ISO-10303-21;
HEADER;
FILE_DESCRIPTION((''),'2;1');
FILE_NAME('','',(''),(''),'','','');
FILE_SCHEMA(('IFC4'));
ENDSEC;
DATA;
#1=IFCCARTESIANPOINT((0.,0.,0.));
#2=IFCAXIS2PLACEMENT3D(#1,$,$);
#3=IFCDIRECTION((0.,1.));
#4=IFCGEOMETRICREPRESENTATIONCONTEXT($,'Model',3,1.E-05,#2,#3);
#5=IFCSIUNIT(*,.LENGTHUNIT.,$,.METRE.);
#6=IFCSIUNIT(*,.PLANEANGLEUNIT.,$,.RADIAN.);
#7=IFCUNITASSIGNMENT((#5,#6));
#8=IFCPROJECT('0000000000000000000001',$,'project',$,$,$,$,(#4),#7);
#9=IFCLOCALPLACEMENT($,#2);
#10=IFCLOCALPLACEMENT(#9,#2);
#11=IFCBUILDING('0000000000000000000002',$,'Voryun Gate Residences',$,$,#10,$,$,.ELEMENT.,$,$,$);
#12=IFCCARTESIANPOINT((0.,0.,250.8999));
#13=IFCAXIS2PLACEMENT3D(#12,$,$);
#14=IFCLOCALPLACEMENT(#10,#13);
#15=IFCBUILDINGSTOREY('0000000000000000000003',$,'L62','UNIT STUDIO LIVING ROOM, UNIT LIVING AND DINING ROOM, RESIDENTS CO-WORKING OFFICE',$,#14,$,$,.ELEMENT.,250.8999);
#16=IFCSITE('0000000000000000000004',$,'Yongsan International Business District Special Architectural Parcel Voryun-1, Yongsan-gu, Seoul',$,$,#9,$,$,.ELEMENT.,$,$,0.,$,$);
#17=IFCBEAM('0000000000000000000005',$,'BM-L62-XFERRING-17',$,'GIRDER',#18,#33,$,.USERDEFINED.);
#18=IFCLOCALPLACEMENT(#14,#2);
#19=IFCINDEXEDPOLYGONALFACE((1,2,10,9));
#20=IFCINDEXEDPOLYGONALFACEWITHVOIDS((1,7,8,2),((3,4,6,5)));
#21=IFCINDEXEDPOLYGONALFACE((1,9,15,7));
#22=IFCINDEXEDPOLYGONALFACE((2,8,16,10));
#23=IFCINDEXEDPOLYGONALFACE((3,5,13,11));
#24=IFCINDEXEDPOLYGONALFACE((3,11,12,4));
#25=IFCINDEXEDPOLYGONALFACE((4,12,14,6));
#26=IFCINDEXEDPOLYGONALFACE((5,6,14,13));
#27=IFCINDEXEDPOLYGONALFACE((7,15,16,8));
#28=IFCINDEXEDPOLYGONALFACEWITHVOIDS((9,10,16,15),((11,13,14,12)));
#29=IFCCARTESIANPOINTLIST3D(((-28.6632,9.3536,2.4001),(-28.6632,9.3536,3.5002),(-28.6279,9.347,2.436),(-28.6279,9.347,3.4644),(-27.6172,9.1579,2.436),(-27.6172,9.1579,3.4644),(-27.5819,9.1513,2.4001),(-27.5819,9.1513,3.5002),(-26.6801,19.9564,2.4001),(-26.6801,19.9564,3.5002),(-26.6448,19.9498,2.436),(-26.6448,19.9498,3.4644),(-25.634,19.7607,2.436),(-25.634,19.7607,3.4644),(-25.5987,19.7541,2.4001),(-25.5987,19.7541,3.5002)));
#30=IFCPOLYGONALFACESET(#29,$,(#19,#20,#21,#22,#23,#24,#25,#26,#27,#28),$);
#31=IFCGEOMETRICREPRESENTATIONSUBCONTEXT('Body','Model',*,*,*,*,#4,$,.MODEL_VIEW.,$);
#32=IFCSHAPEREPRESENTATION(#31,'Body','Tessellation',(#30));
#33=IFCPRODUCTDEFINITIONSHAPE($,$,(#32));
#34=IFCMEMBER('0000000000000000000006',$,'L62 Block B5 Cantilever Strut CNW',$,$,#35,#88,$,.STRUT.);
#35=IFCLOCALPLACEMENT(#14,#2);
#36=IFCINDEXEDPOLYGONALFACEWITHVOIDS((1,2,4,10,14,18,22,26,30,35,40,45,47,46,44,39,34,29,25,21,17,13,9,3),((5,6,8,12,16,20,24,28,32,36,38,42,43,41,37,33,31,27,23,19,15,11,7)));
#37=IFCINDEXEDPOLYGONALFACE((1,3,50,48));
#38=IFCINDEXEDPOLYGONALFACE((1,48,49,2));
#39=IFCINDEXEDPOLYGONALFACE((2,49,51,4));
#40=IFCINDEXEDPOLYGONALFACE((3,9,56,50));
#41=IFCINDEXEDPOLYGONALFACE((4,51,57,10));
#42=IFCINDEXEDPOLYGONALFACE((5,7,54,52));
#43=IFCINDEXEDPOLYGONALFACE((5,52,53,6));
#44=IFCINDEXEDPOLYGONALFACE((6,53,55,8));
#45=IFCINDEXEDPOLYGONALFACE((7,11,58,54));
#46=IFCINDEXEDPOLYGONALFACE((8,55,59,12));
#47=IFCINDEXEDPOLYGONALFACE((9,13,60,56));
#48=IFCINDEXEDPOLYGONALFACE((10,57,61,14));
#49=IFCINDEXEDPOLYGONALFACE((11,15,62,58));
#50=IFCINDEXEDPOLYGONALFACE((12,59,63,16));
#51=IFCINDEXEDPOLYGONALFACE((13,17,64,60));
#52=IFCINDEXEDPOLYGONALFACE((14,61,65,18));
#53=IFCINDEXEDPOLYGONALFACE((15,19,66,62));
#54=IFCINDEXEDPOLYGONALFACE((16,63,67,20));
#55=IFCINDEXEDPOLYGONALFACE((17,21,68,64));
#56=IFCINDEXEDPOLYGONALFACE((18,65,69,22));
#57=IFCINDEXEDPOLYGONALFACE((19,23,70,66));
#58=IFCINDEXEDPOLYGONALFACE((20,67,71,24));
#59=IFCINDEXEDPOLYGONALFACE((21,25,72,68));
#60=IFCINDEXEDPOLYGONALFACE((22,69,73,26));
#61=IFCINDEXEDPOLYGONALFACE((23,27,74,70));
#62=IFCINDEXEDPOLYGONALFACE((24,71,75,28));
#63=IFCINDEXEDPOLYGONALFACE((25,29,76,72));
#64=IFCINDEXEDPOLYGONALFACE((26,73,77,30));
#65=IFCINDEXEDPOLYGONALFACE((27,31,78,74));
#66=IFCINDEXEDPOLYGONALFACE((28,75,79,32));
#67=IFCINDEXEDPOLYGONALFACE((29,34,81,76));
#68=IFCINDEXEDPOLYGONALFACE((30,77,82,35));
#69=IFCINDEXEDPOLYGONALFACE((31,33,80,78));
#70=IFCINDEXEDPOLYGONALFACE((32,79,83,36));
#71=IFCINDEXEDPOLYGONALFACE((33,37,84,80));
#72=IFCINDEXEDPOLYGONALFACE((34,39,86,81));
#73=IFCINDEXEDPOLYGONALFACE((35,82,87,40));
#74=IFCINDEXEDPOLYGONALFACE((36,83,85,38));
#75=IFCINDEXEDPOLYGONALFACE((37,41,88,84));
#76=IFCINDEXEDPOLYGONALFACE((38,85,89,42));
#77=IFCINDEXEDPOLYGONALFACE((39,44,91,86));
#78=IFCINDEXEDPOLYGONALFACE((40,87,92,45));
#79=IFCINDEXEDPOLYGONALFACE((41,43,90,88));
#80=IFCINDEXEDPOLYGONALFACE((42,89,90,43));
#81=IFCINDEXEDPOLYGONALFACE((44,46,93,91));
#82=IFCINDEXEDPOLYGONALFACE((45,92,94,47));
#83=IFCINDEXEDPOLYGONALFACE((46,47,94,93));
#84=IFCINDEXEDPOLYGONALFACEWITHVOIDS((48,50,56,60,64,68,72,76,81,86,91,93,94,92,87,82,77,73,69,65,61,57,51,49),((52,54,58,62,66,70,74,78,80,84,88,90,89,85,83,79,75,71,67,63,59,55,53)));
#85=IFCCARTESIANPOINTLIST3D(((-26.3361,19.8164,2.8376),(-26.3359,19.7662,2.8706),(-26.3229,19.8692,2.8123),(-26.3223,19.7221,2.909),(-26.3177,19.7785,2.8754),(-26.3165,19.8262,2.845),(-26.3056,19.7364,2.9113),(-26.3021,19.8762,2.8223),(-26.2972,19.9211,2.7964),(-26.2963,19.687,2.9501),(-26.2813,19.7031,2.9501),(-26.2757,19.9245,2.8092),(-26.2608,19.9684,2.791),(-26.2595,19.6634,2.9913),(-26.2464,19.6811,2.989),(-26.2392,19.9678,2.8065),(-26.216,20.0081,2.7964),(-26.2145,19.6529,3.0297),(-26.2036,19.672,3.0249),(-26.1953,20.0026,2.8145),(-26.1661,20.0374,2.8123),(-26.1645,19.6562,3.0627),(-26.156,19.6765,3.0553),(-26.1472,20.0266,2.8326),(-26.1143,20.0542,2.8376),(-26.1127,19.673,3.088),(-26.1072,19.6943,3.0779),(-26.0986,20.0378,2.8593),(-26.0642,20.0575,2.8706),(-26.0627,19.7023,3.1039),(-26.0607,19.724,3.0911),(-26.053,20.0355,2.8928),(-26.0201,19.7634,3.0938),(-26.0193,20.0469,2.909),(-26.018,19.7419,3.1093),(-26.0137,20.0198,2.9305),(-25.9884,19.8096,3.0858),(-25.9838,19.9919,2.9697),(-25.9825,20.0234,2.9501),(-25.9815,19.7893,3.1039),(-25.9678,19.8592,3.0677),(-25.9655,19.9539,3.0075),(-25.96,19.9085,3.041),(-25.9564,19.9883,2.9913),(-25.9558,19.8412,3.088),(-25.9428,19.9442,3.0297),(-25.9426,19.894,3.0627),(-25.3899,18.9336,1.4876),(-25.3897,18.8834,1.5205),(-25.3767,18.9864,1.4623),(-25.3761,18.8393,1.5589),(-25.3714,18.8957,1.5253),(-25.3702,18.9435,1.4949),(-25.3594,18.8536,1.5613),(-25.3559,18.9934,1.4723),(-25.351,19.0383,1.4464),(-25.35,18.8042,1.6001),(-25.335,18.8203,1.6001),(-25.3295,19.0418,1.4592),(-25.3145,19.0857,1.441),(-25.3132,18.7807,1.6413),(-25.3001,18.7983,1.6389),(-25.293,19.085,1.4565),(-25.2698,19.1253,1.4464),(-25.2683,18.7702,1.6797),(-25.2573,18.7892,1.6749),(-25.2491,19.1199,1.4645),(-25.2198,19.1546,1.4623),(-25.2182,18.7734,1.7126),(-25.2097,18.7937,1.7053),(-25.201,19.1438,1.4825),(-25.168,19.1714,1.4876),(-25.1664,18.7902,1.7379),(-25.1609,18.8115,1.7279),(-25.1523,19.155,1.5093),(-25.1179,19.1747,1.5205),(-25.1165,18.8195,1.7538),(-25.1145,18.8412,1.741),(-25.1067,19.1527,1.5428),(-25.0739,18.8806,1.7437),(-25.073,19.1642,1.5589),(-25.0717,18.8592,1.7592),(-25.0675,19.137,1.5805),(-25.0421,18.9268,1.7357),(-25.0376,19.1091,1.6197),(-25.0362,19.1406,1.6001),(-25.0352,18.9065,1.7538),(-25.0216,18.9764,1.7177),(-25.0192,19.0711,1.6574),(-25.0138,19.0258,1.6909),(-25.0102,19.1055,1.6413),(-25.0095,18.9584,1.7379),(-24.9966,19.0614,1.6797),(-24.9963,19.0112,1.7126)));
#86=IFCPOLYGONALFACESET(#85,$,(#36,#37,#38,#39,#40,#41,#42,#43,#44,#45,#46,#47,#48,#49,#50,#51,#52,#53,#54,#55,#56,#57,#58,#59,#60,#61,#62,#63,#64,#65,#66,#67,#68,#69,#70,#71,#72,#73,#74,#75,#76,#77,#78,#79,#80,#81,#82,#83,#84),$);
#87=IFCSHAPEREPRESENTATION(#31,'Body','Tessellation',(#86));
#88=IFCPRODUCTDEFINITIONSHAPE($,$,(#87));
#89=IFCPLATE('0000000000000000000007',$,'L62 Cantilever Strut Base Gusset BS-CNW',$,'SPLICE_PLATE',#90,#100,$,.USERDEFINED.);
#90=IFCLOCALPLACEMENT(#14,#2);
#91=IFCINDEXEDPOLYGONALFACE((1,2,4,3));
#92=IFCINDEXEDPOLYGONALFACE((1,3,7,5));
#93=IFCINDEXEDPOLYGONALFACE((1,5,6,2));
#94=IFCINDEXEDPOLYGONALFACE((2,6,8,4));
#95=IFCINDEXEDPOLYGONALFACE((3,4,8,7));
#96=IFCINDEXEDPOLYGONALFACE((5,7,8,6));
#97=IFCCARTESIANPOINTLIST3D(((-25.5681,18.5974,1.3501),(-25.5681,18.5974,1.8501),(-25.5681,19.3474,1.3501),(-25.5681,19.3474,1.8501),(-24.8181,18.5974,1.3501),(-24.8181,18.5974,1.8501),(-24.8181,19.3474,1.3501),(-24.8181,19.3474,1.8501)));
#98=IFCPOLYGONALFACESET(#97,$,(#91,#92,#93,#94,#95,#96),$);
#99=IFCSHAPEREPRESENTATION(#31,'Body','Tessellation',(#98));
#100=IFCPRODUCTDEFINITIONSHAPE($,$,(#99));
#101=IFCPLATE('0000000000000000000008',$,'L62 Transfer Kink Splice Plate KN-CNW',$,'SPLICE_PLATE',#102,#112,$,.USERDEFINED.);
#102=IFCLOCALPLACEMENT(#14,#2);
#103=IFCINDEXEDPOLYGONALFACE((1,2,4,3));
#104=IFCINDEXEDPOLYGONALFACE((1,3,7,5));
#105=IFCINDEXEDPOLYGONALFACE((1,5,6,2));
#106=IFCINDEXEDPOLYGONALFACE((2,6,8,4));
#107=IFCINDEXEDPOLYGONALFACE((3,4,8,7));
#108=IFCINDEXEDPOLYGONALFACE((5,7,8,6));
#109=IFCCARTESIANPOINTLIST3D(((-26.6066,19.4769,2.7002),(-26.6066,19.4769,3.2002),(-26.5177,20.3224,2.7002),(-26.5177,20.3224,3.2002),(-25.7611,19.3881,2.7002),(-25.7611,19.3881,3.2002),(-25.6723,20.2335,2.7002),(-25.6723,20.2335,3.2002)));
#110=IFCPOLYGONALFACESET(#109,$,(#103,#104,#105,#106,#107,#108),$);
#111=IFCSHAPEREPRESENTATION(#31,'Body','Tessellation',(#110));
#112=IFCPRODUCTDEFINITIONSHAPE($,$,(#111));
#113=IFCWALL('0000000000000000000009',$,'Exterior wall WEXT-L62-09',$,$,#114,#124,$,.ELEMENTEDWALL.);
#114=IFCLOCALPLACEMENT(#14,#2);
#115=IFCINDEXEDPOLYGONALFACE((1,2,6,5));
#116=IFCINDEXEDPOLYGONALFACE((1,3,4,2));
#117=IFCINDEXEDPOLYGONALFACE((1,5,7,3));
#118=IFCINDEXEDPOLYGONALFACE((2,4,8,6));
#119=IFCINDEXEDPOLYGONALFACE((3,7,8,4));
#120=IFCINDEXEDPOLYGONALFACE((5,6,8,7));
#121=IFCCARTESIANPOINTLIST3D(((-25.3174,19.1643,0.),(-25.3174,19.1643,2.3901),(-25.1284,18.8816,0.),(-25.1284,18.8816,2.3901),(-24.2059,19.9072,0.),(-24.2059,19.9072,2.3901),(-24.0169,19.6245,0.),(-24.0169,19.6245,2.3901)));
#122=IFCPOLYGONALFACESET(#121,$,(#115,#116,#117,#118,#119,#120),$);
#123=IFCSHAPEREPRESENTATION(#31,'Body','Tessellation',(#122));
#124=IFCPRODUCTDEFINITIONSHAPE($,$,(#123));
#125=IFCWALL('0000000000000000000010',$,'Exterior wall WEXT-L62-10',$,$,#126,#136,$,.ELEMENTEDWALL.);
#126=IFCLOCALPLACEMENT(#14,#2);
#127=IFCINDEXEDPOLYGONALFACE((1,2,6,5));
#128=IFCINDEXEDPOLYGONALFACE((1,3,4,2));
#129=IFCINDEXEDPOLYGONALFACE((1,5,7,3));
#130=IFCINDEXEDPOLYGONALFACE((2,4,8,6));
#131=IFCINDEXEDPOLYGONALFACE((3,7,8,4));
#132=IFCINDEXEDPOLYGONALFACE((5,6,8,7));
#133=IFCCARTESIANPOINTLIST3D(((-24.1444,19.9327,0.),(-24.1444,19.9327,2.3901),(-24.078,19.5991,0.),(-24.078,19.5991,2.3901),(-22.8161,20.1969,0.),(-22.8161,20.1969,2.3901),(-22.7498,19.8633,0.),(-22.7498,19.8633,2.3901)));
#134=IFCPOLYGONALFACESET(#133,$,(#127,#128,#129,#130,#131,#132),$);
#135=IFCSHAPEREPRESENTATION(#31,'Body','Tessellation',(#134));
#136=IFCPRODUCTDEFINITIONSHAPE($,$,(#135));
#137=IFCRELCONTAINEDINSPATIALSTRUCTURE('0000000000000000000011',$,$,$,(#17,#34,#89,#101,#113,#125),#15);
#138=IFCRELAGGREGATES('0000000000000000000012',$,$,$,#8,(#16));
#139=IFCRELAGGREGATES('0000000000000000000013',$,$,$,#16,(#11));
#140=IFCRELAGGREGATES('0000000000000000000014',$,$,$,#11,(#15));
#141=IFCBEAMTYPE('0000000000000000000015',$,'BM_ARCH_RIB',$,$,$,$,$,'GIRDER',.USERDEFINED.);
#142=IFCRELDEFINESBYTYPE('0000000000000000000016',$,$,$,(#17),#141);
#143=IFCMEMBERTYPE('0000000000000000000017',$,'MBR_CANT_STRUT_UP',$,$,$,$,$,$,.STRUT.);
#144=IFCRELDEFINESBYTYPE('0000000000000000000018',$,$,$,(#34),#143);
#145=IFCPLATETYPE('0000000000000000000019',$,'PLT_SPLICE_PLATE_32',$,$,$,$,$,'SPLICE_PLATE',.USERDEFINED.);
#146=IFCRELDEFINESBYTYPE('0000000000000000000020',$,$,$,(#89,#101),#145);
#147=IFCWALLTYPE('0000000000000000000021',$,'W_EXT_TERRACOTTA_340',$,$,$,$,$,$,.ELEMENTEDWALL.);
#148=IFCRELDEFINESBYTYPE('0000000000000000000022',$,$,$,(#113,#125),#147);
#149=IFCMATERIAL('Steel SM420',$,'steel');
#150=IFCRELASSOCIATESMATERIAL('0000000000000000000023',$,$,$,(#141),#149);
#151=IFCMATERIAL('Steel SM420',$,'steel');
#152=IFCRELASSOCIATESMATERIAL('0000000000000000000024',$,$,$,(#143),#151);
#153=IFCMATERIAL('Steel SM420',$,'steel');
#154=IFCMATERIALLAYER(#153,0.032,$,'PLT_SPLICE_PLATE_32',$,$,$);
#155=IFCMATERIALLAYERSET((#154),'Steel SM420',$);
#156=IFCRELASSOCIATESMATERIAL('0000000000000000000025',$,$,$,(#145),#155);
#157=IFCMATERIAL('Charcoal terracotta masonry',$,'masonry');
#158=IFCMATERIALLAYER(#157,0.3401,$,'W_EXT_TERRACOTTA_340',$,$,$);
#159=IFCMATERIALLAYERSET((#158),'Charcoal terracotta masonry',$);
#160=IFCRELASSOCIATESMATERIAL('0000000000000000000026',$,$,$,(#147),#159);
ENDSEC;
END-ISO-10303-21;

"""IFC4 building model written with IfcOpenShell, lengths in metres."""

from ifc_helpers import new_model, si_unit, direction, frame, frame_2d, origin, origin_2d, place, context, subcontext, project, spatial, rectangle, hollow_rectangle, hollow_circle, extrude, material, layer, layer_set, material_profile, profile_set, type_object, element, save


model = new_model("IFC4")

# Units and contexts
model_context = context("Model", 3, precision=1e-05, world=origin(), true_north=direction((0.0, 1.0)))
body_context = subcontext(model_context, "Body", "Model", "MODEL_VIEW")
ifc_project = project(units=[si_unit("LENGTHUNIT", "METRE"), si_unit("PLANEANGLEUNIT", "RADIAN")], contexts=[model_context])

# Site, building, storey
site_placement = place(None, origin())
site = spatial("IfcSite", under=ifc_project, at=site_placement, Name="Yongsan International Business District Special Architectural Parcel Voryun-1, Yongsan-gu, Seoul", CompositionType="ELEMENT", RefElevation=0.0)
building_placement = place(site_placement, origin())
building = spatial("IfcBuilding", under=site, at=building_placement, Name="Voryun Gate Residences", CompositionType="ELEMENT")
storey_placement = place(building_placement, frame((0.0, 0.0, 250.8999)))
storey = spatial("IfcBuildingStorey", under=building, at=storey_placement, Name="L62", Description="UNIT STUDIO LIVING ROOM, UNIT LIVING AND DINING ROOM, RESIDENTS CO-WORKING OFFICE", CompositionType="ELEMENT", Elevation=250.8999)

# Beam
ifc_material_1 = material(Name="Steel SM420", Category="steel")
ifc_material_profile_1 = material_profile(ifc_material_1, hollow_rectangle(XDim=1.1001, YDim=1.1001, WallThickness=0.0359, at=origin_2d()), Name="BOX-1100x1100x36")
ifc_profile_set_1 = profile_set([ifc_material_profile_1], Name="Steel SM420")
beam_type = type_object("IfcBeamType", Name="BM_ARCH_RIB", ElementType="GIRDER", PredefinedType="USERDEFINED", material=ifc_profile_set_1)
beam_placement = place(storey_placement, frame((-26.1394, 19.8552, 2.9502), z_axis=(-0.183853, -0.982954, 0.0), x_axis=(0.982954, -0.183853, 0.0)))
element("IfcBeam", 1, at=beam_placement, inside=storey, type_object=beam_type, Name="BM-L62-XFERRING-17", ObjectType="GIRDER", PredefinedType="USERDEFINED", context=body_context, shape_type="SweptSolid", body=[
    extrude(hollow_rectangle(XDim=1.1001, YDim=1.1001, WallThickness=0.0359, at=origin_2d()), origin(), (0.0, 0.0, 1.0), 10.7866),
])

# Member
ifc_material_2 = material(Name="Steel SM420", Category="steel")
ifc_material_profile_2 = material_profile(ifc_material_2, hollow_circle(Radius=0.23, WallThickness=0.022, at=origin_2d()), Name="CHS-460x22")
ifc_profile_set_2 = profile_set([ifc_material_profile_2], Name="Steel SM420")
member_type = type_object("IfcMemberType", Name="MBR_CANT_STRUT_UP", PredefinedType="STRUT", material=ifc_profile_set_2)
member_placement = place(storey_placement, frame((-25.1931, 18.9724, 1.6001), z_axis=(-0.505987, 0.472046, 0.721907), x_axis=(-0.682157, -0.731206, 0.0)))
element("IfcMember", 2, at=member_placement, inside=storey, type_object=member_type, Name="L62 Block B5 Cantilever Strut CNW", PredefinedType="STRUT", context=body_context, shape_type="SweptSolid", body=[
    extrude(hollow_circle(Radius=0.23, WallThickness=0.022, at=origin_2d()), origin(), (0.0, 0.0, 1.0), 1.8701),
])

# Plates
ifc_material_3 = material(Name="Steel SM420", Category="steel")
ifc_layer_1 = layer(ifc_material_3, 0.032, Name="PLT_SPLICE_PLATE_32")
ifc_layer_set_1 = layer_set([ifc_layer_1], Name="Steel SM420")
plate_type = type_object("IfcPlateType", Name="PLT_SPLICE_PLATE_32", ElementType="SPLICE_PLATE", PredefinedType="USERDEFINED", material=ifc_layer_set_1)
plate_1_placement = place(storey_placement, frame((-25.1931, 18.9724, 1.3501), z_axis=(0.0, 0.0, 1.0), x_axis=(1.0, 0.0, 0.0)))
element("IfcPlate", 3, at=plate_1_placement, inside=storey, type_object=plate_type, Name="L62 Cantilever Strut Base Gusset BS-CNW", ObjectType="SPLICE_PLATE", PredefinedType="USERDEFINED", context=body_context, shape_type="SweptSolid", body=[
    extrude(rectangle(XDim=0.75, YDim=0.75, at=origin_2d()), origin(), (0.0, 0.0, 1.0), 0.5),
])
plate_2_placement = place(storey_placement, frame((-26.1394, 19.8552, 2.7002), z_axis=(0.0, 0.0, 1.0), x_axis=(0.994522, -0.104528, 0.0)))
element("IfcPlate", 4, at=plate_2_placement, inside=storey, type_object=plate_type, Name="L62 Transfer Kink Splice Plate KN-CNW", ObjectType="SPLICE_PLATE", PredefinedType="USERDEFINED", context=body_context, shape_type="SweptSolid", body=[
    extrude(rectangle(XDim=0.8501, YDim=0.8501, at=origin_2d()), origin(), (0.0, 0.0, 1.0), 0.5),
])

# Walls
ifc_material_4 = material(Name="Charcoal terracotta masonry", Category="masonry")
ifc_layer_2 = layer(ifc_material_4, 0.3401, Name="W_EXT_TERRACOTTA_340")
ifc_layer_set_2 = layer_set([ifc_layer_2], Name="Charcoal terracotta masonry")
wall_type = type_object("IfcWallType", Name="W_EXT_TERRACOTTA_340", PredefinedType="ELEMENTEDWALL", material=ifc_layer_set_2)
wall_1_placement = place(storey_placement, frame((-25.2229, 19.0229, 0.0), z_axis=(0.0, 0.0, 1.0), x_axis=(0.831404, 0.555669, 0.0)))
element("IfcWall", 5, at=wall_1_placement, inside=storey, type_object=wall_type, Name="Exterior wall WEXT-L62-09", PredefinedType="ELEMENTEDWALL", context=body_context, shape_type="SweptSolid", body=[
    extrude(rectangle(XDim=1.3369, YDim=0.3401, at=frame_2d((0.6685, 0.0))), origin(), (0.0, 0.0, 1.0), 2.3901),
])
wall_2_placement = place(storey_placement, frame((-24.1113, 19.7659, 0.0), z_axis=(0.0, 0.0, 1.0), x_axis=(0.980788, 0.195076, 0.0)))
element("IfcWall", 6, at=wall_2_placement, inside=storey, type_object=wall_type, Name="Exterior wall WEXT-L62-10", PredefinedType="ELEMENTEDWALL", context=body_context, shape_type="SweptSolid", body=[
    extrude(rectangle(XDim=1.3542, YDim=0.3401, at=frame_2d((0.6772, 0.0))), origin(), (0.0, 0.0, 1.0), 2.3901),
])

save(model, "model.ifc")
